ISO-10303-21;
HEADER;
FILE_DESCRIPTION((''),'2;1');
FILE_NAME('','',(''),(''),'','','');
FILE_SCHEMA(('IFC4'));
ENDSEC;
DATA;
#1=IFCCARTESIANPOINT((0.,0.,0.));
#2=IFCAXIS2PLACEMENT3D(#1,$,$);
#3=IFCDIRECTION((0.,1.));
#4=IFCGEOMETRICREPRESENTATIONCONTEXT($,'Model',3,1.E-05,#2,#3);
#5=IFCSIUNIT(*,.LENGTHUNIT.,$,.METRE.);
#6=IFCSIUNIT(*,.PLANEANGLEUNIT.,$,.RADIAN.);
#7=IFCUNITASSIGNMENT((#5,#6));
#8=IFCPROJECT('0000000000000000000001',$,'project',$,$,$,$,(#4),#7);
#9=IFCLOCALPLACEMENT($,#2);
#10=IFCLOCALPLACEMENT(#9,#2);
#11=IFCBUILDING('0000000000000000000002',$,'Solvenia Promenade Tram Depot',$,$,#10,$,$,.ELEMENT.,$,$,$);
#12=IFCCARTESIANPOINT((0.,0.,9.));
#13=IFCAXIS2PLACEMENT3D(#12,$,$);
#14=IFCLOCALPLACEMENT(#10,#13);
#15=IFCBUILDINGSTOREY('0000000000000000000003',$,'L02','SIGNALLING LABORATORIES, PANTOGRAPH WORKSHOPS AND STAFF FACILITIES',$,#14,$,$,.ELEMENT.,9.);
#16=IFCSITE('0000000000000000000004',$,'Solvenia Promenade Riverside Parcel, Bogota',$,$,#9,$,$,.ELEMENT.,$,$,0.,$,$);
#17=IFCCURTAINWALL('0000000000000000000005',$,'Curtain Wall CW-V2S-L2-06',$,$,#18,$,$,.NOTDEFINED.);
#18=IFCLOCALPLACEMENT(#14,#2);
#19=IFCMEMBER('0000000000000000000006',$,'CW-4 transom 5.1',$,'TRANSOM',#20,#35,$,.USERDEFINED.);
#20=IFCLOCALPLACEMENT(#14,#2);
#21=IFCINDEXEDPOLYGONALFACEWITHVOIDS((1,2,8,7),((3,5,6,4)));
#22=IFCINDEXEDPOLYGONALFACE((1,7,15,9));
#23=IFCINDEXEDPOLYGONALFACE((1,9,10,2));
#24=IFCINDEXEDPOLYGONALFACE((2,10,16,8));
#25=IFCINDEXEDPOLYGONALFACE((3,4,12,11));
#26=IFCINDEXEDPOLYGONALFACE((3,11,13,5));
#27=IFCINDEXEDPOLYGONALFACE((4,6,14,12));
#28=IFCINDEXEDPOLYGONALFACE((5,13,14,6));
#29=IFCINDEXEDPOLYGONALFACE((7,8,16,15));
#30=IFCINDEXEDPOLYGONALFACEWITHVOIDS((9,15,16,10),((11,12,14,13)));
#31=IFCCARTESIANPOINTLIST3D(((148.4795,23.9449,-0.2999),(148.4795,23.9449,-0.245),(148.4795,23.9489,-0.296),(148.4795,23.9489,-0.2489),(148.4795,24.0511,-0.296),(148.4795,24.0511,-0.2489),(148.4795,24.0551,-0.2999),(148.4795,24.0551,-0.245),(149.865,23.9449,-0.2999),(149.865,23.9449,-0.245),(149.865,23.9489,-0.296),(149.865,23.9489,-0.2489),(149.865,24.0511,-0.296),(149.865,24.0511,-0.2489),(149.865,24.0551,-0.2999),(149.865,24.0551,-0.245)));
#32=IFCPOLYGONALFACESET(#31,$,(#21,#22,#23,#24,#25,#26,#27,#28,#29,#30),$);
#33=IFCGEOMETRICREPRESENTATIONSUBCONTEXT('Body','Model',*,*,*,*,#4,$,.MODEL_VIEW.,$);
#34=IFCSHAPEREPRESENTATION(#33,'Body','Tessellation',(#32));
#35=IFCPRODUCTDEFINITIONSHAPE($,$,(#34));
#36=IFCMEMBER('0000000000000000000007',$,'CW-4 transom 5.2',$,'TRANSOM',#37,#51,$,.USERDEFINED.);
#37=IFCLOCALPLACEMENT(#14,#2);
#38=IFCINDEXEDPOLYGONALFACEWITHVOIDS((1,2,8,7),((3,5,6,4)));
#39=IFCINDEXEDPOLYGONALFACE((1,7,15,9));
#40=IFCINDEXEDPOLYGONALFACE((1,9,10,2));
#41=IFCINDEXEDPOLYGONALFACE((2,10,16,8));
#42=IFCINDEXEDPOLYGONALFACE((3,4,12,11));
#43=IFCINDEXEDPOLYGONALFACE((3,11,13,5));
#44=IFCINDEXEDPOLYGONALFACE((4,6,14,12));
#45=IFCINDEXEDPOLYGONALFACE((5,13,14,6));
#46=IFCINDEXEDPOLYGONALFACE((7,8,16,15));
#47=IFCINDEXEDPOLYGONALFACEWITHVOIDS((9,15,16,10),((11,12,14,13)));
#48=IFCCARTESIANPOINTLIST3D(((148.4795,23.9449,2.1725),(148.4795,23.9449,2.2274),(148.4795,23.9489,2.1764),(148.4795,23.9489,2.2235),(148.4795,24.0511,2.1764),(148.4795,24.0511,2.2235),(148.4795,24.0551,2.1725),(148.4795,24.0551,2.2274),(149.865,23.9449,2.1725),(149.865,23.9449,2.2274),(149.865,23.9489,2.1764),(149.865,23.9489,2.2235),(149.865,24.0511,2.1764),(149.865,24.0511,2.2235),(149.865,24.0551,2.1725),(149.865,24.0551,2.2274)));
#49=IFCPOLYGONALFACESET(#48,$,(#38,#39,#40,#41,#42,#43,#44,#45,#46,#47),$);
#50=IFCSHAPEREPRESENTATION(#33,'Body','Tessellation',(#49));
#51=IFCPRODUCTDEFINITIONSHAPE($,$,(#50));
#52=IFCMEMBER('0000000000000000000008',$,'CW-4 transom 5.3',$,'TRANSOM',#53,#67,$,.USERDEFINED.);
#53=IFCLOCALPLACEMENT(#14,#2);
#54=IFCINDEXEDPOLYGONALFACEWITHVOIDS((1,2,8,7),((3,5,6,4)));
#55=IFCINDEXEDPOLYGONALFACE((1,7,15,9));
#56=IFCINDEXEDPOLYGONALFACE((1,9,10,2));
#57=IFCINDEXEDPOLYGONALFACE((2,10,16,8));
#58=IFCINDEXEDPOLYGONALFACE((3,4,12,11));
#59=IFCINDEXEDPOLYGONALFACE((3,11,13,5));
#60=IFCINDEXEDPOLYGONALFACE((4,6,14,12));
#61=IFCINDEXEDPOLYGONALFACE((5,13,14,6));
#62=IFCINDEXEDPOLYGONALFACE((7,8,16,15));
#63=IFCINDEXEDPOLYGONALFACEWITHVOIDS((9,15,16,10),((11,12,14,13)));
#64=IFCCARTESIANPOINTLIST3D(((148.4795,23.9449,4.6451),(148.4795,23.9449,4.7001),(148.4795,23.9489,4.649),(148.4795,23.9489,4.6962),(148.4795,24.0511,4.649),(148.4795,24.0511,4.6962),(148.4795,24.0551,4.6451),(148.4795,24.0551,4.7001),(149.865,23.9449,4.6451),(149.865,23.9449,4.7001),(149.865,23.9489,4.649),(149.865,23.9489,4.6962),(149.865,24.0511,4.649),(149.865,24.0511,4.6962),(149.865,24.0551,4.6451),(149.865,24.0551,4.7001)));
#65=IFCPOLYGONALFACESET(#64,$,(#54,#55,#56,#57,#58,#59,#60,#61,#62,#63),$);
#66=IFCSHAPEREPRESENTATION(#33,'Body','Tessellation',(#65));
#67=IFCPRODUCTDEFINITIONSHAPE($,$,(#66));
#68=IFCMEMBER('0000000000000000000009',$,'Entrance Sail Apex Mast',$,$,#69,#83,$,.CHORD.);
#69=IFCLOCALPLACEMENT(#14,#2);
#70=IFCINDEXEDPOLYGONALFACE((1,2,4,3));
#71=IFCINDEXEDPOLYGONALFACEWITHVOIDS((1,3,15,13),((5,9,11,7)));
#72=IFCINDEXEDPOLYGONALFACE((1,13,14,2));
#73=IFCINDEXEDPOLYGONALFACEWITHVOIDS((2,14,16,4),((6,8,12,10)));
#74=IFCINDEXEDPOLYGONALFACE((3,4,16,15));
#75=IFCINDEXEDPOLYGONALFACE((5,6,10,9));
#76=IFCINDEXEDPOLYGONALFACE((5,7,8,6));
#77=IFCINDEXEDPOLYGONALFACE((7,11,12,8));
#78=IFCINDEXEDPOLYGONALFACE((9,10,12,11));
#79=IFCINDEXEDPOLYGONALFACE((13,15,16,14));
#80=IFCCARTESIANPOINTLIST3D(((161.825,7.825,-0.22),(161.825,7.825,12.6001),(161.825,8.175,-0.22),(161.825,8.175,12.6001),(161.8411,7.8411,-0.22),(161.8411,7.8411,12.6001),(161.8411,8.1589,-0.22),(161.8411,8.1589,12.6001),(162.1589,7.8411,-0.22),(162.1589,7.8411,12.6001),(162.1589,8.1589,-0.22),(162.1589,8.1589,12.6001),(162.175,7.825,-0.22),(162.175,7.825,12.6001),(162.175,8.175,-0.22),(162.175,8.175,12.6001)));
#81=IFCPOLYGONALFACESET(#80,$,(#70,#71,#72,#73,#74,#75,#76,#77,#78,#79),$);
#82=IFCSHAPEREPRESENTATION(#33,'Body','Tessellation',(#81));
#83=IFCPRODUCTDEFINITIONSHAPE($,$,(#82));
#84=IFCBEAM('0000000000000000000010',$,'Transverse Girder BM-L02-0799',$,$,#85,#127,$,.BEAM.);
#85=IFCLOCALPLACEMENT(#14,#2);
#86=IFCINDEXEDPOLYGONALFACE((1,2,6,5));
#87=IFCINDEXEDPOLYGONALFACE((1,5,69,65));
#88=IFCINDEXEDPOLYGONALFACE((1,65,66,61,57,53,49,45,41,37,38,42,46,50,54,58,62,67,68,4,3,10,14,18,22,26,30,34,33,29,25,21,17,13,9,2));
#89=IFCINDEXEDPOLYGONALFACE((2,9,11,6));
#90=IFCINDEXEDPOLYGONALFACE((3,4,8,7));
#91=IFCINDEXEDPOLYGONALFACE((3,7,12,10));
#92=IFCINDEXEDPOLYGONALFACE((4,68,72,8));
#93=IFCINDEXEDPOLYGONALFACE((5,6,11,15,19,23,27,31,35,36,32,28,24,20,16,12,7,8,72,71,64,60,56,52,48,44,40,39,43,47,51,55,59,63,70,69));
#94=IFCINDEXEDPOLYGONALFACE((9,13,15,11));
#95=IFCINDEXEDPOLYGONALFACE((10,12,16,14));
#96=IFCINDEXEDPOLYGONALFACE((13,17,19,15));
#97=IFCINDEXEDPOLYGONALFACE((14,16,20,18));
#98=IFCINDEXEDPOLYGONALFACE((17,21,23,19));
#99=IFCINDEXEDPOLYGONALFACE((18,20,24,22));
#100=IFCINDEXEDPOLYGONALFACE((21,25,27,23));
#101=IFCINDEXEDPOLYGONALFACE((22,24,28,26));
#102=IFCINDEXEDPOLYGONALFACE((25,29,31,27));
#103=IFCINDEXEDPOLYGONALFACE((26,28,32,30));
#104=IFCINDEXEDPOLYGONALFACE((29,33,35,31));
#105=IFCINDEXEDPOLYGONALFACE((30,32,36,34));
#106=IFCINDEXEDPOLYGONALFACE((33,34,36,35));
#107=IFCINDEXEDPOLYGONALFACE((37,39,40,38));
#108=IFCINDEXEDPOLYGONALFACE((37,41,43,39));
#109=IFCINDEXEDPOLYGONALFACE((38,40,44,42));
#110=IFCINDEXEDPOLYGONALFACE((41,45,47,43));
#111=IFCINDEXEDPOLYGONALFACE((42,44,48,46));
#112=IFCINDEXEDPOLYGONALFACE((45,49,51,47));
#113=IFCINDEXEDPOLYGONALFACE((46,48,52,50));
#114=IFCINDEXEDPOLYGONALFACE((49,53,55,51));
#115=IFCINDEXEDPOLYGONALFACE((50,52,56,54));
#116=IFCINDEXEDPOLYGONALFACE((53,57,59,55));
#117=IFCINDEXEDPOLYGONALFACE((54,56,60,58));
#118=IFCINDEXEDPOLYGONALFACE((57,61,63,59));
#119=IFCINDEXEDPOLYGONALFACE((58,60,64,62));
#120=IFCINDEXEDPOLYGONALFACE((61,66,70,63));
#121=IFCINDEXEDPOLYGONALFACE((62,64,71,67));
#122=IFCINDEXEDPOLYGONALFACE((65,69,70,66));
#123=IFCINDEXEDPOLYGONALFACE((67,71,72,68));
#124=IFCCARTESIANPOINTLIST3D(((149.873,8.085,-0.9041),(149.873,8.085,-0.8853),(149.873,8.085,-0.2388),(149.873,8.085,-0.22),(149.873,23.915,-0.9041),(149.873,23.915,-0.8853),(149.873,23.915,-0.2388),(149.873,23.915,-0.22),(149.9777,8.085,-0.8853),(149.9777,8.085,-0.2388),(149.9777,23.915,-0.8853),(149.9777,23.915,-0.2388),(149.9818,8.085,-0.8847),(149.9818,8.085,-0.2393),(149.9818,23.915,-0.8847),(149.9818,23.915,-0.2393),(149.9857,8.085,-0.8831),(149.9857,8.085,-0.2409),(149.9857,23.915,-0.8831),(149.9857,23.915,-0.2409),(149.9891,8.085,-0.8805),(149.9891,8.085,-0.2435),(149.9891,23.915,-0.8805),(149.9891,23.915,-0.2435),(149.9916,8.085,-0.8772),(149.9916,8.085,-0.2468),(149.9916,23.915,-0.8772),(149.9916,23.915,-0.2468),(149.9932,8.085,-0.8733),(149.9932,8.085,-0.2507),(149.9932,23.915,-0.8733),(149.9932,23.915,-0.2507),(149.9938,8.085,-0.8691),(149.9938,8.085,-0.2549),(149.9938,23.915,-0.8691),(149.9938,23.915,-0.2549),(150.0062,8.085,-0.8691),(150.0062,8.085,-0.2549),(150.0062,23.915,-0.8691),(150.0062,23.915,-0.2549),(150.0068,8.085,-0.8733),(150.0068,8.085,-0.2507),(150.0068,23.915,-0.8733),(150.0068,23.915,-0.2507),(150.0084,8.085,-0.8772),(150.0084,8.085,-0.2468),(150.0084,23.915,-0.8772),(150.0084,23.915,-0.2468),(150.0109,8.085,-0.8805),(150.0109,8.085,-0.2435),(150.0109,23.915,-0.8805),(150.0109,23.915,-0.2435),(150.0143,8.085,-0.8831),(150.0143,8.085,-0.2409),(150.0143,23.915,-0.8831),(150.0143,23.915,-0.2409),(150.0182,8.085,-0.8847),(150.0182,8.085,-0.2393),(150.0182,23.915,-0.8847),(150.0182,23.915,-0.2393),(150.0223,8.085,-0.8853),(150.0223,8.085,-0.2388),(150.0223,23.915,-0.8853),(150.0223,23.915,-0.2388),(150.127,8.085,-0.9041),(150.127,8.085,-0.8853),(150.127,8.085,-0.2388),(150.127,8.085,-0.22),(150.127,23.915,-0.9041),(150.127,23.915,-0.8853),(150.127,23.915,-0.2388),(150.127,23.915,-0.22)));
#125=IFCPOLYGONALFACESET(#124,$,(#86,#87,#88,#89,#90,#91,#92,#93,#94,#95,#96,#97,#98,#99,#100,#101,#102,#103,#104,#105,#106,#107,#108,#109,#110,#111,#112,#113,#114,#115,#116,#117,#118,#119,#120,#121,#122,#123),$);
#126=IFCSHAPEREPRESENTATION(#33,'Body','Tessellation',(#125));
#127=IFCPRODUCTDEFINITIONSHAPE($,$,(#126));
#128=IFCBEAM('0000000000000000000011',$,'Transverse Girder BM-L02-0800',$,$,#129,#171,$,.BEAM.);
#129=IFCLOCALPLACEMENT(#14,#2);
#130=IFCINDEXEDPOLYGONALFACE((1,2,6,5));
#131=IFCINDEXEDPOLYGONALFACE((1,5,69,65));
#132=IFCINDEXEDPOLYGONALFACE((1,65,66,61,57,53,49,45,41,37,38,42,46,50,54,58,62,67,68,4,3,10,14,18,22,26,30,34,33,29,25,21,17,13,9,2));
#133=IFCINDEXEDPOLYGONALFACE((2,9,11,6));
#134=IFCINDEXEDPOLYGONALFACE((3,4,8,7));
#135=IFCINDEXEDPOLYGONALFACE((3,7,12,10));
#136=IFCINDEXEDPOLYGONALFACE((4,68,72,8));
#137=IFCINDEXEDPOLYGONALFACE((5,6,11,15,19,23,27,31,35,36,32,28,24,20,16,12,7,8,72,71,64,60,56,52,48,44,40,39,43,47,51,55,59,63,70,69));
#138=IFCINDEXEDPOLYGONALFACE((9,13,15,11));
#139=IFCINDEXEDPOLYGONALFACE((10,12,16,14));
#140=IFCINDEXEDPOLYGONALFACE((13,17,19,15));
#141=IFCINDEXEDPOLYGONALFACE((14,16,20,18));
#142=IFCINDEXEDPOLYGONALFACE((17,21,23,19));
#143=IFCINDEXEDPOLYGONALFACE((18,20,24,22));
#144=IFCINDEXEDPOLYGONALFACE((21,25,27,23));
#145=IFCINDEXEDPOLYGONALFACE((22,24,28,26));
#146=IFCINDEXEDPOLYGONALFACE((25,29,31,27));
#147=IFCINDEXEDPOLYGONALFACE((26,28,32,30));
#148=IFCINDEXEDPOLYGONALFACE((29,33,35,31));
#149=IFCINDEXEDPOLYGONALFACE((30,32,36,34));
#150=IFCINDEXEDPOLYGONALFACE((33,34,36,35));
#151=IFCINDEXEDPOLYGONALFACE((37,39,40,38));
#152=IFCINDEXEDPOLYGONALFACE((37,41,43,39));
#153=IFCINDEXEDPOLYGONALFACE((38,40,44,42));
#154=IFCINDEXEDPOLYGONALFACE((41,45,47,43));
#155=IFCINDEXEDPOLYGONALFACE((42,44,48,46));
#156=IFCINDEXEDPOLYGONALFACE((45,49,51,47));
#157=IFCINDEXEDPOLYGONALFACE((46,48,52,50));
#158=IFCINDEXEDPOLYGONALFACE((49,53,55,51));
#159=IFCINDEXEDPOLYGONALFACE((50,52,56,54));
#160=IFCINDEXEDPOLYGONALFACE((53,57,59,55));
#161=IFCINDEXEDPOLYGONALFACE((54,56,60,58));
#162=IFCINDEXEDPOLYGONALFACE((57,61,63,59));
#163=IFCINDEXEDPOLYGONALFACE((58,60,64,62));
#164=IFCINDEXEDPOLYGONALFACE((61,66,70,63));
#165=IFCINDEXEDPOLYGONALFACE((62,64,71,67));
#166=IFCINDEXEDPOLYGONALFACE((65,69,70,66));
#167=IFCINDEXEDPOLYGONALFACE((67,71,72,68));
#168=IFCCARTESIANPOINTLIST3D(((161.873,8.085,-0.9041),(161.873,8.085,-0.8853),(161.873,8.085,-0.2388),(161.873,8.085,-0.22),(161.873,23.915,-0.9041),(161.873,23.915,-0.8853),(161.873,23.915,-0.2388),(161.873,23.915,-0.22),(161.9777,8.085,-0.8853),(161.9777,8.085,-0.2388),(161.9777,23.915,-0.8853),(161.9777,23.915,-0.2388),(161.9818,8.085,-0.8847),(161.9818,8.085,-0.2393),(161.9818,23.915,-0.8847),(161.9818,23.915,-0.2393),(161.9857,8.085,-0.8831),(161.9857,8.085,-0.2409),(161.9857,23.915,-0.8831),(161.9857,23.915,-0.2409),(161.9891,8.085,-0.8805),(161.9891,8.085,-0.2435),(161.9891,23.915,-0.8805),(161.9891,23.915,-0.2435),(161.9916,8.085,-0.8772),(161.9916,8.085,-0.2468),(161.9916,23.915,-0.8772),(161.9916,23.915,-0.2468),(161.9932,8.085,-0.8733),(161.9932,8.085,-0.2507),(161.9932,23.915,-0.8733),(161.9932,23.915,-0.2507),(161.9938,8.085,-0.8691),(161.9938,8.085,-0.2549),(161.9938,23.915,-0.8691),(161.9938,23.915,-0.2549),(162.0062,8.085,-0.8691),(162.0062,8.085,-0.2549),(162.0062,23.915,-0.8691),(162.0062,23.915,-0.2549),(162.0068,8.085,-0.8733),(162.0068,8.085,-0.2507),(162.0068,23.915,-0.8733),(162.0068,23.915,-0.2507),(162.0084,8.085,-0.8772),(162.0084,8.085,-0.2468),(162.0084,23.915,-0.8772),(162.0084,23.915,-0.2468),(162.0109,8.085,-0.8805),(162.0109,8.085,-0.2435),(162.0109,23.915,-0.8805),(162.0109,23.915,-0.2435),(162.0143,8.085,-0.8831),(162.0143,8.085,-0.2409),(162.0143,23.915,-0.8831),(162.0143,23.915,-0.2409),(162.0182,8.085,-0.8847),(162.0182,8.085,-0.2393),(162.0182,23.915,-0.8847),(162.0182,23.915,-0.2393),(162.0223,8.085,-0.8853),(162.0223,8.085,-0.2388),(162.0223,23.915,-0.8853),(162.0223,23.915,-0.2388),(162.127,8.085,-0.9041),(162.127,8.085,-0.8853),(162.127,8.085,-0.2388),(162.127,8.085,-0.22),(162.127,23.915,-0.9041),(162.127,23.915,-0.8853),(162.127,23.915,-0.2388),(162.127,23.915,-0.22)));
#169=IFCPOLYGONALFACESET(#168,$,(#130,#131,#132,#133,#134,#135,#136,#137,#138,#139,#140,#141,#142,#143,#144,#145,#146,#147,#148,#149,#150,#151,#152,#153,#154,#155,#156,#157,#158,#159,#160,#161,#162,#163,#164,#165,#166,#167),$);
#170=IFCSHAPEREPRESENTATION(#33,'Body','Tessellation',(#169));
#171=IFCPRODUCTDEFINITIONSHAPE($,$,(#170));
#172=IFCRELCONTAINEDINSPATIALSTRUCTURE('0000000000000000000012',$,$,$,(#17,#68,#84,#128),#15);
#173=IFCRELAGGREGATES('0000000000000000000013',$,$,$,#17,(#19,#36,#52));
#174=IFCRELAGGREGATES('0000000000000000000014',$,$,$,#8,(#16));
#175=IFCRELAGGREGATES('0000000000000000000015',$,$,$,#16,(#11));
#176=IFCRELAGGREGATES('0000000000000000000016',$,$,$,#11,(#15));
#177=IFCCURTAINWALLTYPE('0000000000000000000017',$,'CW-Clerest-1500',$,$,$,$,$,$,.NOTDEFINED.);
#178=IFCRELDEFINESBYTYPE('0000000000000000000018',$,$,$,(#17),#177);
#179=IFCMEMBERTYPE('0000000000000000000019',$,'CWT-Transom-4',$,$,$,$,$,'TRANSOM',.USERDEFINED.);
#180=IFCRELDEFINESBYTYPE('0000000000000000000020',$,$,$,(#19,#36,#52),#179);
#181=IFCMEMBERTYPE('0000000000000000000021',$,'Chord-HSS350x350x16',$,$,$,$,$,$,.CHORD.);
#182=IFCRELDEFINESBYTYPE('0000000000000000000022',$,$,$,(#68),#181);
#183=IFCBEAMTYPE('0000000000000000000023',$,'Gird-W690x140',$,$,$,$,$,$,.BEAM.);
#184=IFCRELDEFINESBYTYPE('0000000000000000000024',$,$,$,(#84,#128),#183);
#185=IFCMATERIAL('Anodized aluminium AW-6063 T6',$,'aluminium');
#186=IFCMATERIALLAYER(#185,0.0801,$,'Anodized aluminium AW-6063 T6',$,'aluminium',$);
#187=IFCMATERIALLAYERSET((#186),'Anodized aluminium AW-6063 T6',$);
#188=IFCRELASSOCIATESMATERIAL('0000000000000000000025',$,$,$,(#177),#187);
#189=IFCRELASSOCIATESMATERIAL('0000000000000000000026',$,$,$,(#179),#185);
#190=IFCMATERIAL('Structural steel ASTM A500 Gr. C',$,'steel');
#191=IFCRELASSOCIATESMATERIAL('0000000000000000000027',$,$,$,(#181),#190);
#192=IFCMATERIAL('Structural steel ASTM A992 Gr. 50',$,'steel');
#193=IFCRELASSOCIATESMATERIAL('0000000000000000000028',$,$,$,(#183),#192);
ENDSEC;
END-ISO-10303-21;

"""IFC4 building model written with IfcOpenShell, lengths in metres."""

from ifc_helpers import new_model, si_unit, direction, frame, origin, origin_2d, place, context, subcontext, project, spatial, hollow_rectangle, i_section, extrude, material, layer, layer_set, material_profile, profile_set, type_object, element, aggregate, save


model = new_model("IFC4")

# Units and contexts
model_context = context("Model", 3, precision=1e-05, world=origin(), true_north=direction((0.0, 1.0)))
body_context = subcontext(model_context, "Body", "Model", "MODEL_VIEW")
ifc_project = project(units=[si_unit("LENGTHUNIT", "METRE"), si_unit("PLANEANGLEUNIT", "RADIAN")], contexts=[model_context])

# Site, building, storey
site_placement = place(None, origin())
site = spatial("IfcSite", under=ifc_project, at=site_placement, Name="Solvenia Promenade Riverside Parcel, Bogota", CompositionType="ELEMENT", RefElevation=0.0)
building_placement = place(site_placement, origin())
building = spatial("IfcBuilding", under=site, at=building_placement, Name="Solvenia Promenade Tram Depot", CompositionType="ELEMENT")
storey_placement = place(building_placement, frame((0.0, 0.0, 9.0)))
storey = spatial("IfcBuildingStorey", under=building, at=storey_placement, Name="L02", Description="SIGNALLING LABORATORIES, PANTOGRAPH WORKSHOPS AND STAFF FACILITIES", CompositionType="ELEMENT", Elevation=9.0)

# Shared definitions
ifc_material_1 = material(Name="Structural steel ASTM A500 Gr. C", Category="steel")

# Curtain wall, members
ifc_material_2 = material(Name="Anodized aluminium AW-6063 T6", Category="aluminium")
ifc_layer_1 = layer(ifc_material_2, 0.0801, Name="Anodized aluminium AW-6063 T6", Category="aluminium")
ifc_layer_set_1 = layer_set([ifc_layer_1], Name="Anodized aluminium AW-6063 T6")
curtain_wall_type = type_object("IfcCurtainWallType", Name="CW-Clerest-1500", PredefinedType="NOTDEFINED", material=ifc_layer_set_1)
curtain_wall_placement = place(storey_placement, origin())
curtain_wall = element("IfcCurtainWall", 1, at=curtain_wall_placement, inside=storey, type_object=curtain_wall_type, Name="Curtain Wall CW-V2S-L2-06", PredefinedType="NOTDEFINED")
ifc_material_profile_1 = material_profile(ifc_material_2, hollow_rectangle(XDim=0.1101, YDim=0.0549, WallThickness=0.0039, at=origin_2d()), Name="ALU-T4", Category="aluminium")
ifc_profile_set_1 = profile_set([ifc_material_profile_1], Name="Anodized aluminium AW-6063 T6")
member_type_1 = type_object("IfcMemberType", Name="CWT-Transom-4", ElementType="TRANSOM", PredefinedType="USERDEFINED", material=ifc_profile_set_1)
member_1_placement = place(storey_placement, frame((148.4795, 24.0, -0.2725), z_axis=(1.0, 0.0, 0.0), x_axis=(0.0, 1.0, 0.0)))
member_1 = element("IfcMember", 2, at=member_1_placement, type_object=member_type_1, Name="CW-4 transom 5.1", ObjectType="TRANSOM", PredefinedType="USERDEFINED", context=body_context, shape_type="SweptSolid", body=[
    extrude(hollow_rectangle(XDim=0.1101, YDim=0.0549, WallThickness=0.0039, at=origin_2d()), origin(), (0.0, 0.0, 1.0), 1.3855),
])
member_2_placement = place(storey_placement, frame((148.4795, 24.0, 2.2), z_axis=(1.0, 0.0, 0.0), x_axis=(0.0, 1.0, 0.0)))
member_2 = element("IfcMember", 3, at=member_2_placement, type_object=member_type_1, Name="CW-4 transom 5.2", ObjectType="TRANSOM", PredefinedType="USERDEFINED", context=body_context, shape_type="SweptSolid", body=[
    extrude(hollow_rectangle(XDim=0.1101, YDim=0.0549, WallThickness=0.0039, at=origin_2d()), origin(), (0.0, 0.0, 1.0), 1.3855),
])
member_3_placement = place(storey_placement, frame((148.4795, 24.0, 4.6726), z_axis=(1.0, 0.0, 0.0), x_axis=(0.0, 1.0, 0.0)))
member_3 = element("IfcMember", 4, at=member_3_placement, type_object=member_type_1, Name="CW-4 transom 5.3", ObjectType="TRANSOM", PredefinedType="USERDEFINED", context=body_context, shape_type="SweptSolid", body=[
    extrude(hollow_rectangle(XDim=0.1101, YDim=0.0549, WallThickness=0.0039, at=origin_2d()), origin(), (0.0, 0.0, 1.0), 1.3855),
])

# Member
ifc_material_profile_2 = material_profile(ifc_material_1, hollow_rectangle(XDim=0.3501, YDim=0.3501, WallThickness=0.0161, at=origin_2d()), Name="HSS350x350x16", Category="steel")
ifc_profile_set_2 = profile_set([ifc_material_profile_2], Name="Structural steel ASTM A500 Gr. C")
member_type_2 = type_object("IfcMemberType", Name="Chord-HSS350x350x16", PredefinedType="CHORD", material=ifc_profile_set_2)
member_4_placement = place(storey_placement, frame((162.0, 8.0, -0.22), z_axis=(0.0, 0.0, 1.0), x_axis=(1.0, 0.0, 0.0)))
element("IfcMember", 5, at=member_4_placement, inside=storey, type_object=member_type_2, Name="Entrance Sail Apex Mast", PredefinedType="CHORD", context=body_context, shape_type="SweptSolid", body=[
    extrude(hollow_rectangle(XDim=0.3501, YDim=0.3501, WallThickness=0.0161, at=origin_2d()), origin(), (0.0, 0.0, 1.0), 12.8201),
])

# Beams
ifc_material_3 = material(Name="Structural steel ASTM A992 Gr. 50", Category="steel")
ifc_material_profile_3 = material_profile(ifc_material_3, i_section(OverallWidth=0.2539, OverallDepth=0.6841, WebThickness=0.0125, FlangeThickness=0.0188, FilletRadius=0.0161, at=origin_2d()), Name="W690x140", Category="steel")
ifc_profile_set_3 = profile_set([ifc_material_profile_3], Name="Structural steel ASTM A992 Gr. 50")
beam_type_1 = type_object("IfcBeamType", Name="Gird-W690x140", PredefinedType="BEAM", material=ifc_profile_set_3)
for number, where, z_axis, x_axis, name in (
    (6, (150.0, 8.085, -0.562), (0.0, 1.0, 0.0), (-1.0, 0.0, 0.0), "Transverse Girder BM-L02-0799"),
    (7, (162.0, 8.085, -0.562), (0.0, 1.0, 0.0), (-1.0, 0.0, 0.0), "Transverse Girder BM-L02-0800"),
):
    element("IfcBeam", number, at=place(storey_placement, frame(where, z_axis=z_axis, x_axis=x_axis)), inside=storey, type_object=beam_type_1, Name=name, PredefinedType="BEAM", context=body_context, shape_type="SweptSolid", body=[
        extrude(i_section(OverallWidth=0.2539, OverallDepth=0.6841, WebThickness=0.0125, FlangeThickness=0.0188, FilletRadius=0.0161, at=origin_2d()), origin(), (0.0, 0.0, 1.0), 15.8301),
    ])

aggregate(curtain_wall, [member_1, member_2, member_3])

save(model, "model.ifc")
